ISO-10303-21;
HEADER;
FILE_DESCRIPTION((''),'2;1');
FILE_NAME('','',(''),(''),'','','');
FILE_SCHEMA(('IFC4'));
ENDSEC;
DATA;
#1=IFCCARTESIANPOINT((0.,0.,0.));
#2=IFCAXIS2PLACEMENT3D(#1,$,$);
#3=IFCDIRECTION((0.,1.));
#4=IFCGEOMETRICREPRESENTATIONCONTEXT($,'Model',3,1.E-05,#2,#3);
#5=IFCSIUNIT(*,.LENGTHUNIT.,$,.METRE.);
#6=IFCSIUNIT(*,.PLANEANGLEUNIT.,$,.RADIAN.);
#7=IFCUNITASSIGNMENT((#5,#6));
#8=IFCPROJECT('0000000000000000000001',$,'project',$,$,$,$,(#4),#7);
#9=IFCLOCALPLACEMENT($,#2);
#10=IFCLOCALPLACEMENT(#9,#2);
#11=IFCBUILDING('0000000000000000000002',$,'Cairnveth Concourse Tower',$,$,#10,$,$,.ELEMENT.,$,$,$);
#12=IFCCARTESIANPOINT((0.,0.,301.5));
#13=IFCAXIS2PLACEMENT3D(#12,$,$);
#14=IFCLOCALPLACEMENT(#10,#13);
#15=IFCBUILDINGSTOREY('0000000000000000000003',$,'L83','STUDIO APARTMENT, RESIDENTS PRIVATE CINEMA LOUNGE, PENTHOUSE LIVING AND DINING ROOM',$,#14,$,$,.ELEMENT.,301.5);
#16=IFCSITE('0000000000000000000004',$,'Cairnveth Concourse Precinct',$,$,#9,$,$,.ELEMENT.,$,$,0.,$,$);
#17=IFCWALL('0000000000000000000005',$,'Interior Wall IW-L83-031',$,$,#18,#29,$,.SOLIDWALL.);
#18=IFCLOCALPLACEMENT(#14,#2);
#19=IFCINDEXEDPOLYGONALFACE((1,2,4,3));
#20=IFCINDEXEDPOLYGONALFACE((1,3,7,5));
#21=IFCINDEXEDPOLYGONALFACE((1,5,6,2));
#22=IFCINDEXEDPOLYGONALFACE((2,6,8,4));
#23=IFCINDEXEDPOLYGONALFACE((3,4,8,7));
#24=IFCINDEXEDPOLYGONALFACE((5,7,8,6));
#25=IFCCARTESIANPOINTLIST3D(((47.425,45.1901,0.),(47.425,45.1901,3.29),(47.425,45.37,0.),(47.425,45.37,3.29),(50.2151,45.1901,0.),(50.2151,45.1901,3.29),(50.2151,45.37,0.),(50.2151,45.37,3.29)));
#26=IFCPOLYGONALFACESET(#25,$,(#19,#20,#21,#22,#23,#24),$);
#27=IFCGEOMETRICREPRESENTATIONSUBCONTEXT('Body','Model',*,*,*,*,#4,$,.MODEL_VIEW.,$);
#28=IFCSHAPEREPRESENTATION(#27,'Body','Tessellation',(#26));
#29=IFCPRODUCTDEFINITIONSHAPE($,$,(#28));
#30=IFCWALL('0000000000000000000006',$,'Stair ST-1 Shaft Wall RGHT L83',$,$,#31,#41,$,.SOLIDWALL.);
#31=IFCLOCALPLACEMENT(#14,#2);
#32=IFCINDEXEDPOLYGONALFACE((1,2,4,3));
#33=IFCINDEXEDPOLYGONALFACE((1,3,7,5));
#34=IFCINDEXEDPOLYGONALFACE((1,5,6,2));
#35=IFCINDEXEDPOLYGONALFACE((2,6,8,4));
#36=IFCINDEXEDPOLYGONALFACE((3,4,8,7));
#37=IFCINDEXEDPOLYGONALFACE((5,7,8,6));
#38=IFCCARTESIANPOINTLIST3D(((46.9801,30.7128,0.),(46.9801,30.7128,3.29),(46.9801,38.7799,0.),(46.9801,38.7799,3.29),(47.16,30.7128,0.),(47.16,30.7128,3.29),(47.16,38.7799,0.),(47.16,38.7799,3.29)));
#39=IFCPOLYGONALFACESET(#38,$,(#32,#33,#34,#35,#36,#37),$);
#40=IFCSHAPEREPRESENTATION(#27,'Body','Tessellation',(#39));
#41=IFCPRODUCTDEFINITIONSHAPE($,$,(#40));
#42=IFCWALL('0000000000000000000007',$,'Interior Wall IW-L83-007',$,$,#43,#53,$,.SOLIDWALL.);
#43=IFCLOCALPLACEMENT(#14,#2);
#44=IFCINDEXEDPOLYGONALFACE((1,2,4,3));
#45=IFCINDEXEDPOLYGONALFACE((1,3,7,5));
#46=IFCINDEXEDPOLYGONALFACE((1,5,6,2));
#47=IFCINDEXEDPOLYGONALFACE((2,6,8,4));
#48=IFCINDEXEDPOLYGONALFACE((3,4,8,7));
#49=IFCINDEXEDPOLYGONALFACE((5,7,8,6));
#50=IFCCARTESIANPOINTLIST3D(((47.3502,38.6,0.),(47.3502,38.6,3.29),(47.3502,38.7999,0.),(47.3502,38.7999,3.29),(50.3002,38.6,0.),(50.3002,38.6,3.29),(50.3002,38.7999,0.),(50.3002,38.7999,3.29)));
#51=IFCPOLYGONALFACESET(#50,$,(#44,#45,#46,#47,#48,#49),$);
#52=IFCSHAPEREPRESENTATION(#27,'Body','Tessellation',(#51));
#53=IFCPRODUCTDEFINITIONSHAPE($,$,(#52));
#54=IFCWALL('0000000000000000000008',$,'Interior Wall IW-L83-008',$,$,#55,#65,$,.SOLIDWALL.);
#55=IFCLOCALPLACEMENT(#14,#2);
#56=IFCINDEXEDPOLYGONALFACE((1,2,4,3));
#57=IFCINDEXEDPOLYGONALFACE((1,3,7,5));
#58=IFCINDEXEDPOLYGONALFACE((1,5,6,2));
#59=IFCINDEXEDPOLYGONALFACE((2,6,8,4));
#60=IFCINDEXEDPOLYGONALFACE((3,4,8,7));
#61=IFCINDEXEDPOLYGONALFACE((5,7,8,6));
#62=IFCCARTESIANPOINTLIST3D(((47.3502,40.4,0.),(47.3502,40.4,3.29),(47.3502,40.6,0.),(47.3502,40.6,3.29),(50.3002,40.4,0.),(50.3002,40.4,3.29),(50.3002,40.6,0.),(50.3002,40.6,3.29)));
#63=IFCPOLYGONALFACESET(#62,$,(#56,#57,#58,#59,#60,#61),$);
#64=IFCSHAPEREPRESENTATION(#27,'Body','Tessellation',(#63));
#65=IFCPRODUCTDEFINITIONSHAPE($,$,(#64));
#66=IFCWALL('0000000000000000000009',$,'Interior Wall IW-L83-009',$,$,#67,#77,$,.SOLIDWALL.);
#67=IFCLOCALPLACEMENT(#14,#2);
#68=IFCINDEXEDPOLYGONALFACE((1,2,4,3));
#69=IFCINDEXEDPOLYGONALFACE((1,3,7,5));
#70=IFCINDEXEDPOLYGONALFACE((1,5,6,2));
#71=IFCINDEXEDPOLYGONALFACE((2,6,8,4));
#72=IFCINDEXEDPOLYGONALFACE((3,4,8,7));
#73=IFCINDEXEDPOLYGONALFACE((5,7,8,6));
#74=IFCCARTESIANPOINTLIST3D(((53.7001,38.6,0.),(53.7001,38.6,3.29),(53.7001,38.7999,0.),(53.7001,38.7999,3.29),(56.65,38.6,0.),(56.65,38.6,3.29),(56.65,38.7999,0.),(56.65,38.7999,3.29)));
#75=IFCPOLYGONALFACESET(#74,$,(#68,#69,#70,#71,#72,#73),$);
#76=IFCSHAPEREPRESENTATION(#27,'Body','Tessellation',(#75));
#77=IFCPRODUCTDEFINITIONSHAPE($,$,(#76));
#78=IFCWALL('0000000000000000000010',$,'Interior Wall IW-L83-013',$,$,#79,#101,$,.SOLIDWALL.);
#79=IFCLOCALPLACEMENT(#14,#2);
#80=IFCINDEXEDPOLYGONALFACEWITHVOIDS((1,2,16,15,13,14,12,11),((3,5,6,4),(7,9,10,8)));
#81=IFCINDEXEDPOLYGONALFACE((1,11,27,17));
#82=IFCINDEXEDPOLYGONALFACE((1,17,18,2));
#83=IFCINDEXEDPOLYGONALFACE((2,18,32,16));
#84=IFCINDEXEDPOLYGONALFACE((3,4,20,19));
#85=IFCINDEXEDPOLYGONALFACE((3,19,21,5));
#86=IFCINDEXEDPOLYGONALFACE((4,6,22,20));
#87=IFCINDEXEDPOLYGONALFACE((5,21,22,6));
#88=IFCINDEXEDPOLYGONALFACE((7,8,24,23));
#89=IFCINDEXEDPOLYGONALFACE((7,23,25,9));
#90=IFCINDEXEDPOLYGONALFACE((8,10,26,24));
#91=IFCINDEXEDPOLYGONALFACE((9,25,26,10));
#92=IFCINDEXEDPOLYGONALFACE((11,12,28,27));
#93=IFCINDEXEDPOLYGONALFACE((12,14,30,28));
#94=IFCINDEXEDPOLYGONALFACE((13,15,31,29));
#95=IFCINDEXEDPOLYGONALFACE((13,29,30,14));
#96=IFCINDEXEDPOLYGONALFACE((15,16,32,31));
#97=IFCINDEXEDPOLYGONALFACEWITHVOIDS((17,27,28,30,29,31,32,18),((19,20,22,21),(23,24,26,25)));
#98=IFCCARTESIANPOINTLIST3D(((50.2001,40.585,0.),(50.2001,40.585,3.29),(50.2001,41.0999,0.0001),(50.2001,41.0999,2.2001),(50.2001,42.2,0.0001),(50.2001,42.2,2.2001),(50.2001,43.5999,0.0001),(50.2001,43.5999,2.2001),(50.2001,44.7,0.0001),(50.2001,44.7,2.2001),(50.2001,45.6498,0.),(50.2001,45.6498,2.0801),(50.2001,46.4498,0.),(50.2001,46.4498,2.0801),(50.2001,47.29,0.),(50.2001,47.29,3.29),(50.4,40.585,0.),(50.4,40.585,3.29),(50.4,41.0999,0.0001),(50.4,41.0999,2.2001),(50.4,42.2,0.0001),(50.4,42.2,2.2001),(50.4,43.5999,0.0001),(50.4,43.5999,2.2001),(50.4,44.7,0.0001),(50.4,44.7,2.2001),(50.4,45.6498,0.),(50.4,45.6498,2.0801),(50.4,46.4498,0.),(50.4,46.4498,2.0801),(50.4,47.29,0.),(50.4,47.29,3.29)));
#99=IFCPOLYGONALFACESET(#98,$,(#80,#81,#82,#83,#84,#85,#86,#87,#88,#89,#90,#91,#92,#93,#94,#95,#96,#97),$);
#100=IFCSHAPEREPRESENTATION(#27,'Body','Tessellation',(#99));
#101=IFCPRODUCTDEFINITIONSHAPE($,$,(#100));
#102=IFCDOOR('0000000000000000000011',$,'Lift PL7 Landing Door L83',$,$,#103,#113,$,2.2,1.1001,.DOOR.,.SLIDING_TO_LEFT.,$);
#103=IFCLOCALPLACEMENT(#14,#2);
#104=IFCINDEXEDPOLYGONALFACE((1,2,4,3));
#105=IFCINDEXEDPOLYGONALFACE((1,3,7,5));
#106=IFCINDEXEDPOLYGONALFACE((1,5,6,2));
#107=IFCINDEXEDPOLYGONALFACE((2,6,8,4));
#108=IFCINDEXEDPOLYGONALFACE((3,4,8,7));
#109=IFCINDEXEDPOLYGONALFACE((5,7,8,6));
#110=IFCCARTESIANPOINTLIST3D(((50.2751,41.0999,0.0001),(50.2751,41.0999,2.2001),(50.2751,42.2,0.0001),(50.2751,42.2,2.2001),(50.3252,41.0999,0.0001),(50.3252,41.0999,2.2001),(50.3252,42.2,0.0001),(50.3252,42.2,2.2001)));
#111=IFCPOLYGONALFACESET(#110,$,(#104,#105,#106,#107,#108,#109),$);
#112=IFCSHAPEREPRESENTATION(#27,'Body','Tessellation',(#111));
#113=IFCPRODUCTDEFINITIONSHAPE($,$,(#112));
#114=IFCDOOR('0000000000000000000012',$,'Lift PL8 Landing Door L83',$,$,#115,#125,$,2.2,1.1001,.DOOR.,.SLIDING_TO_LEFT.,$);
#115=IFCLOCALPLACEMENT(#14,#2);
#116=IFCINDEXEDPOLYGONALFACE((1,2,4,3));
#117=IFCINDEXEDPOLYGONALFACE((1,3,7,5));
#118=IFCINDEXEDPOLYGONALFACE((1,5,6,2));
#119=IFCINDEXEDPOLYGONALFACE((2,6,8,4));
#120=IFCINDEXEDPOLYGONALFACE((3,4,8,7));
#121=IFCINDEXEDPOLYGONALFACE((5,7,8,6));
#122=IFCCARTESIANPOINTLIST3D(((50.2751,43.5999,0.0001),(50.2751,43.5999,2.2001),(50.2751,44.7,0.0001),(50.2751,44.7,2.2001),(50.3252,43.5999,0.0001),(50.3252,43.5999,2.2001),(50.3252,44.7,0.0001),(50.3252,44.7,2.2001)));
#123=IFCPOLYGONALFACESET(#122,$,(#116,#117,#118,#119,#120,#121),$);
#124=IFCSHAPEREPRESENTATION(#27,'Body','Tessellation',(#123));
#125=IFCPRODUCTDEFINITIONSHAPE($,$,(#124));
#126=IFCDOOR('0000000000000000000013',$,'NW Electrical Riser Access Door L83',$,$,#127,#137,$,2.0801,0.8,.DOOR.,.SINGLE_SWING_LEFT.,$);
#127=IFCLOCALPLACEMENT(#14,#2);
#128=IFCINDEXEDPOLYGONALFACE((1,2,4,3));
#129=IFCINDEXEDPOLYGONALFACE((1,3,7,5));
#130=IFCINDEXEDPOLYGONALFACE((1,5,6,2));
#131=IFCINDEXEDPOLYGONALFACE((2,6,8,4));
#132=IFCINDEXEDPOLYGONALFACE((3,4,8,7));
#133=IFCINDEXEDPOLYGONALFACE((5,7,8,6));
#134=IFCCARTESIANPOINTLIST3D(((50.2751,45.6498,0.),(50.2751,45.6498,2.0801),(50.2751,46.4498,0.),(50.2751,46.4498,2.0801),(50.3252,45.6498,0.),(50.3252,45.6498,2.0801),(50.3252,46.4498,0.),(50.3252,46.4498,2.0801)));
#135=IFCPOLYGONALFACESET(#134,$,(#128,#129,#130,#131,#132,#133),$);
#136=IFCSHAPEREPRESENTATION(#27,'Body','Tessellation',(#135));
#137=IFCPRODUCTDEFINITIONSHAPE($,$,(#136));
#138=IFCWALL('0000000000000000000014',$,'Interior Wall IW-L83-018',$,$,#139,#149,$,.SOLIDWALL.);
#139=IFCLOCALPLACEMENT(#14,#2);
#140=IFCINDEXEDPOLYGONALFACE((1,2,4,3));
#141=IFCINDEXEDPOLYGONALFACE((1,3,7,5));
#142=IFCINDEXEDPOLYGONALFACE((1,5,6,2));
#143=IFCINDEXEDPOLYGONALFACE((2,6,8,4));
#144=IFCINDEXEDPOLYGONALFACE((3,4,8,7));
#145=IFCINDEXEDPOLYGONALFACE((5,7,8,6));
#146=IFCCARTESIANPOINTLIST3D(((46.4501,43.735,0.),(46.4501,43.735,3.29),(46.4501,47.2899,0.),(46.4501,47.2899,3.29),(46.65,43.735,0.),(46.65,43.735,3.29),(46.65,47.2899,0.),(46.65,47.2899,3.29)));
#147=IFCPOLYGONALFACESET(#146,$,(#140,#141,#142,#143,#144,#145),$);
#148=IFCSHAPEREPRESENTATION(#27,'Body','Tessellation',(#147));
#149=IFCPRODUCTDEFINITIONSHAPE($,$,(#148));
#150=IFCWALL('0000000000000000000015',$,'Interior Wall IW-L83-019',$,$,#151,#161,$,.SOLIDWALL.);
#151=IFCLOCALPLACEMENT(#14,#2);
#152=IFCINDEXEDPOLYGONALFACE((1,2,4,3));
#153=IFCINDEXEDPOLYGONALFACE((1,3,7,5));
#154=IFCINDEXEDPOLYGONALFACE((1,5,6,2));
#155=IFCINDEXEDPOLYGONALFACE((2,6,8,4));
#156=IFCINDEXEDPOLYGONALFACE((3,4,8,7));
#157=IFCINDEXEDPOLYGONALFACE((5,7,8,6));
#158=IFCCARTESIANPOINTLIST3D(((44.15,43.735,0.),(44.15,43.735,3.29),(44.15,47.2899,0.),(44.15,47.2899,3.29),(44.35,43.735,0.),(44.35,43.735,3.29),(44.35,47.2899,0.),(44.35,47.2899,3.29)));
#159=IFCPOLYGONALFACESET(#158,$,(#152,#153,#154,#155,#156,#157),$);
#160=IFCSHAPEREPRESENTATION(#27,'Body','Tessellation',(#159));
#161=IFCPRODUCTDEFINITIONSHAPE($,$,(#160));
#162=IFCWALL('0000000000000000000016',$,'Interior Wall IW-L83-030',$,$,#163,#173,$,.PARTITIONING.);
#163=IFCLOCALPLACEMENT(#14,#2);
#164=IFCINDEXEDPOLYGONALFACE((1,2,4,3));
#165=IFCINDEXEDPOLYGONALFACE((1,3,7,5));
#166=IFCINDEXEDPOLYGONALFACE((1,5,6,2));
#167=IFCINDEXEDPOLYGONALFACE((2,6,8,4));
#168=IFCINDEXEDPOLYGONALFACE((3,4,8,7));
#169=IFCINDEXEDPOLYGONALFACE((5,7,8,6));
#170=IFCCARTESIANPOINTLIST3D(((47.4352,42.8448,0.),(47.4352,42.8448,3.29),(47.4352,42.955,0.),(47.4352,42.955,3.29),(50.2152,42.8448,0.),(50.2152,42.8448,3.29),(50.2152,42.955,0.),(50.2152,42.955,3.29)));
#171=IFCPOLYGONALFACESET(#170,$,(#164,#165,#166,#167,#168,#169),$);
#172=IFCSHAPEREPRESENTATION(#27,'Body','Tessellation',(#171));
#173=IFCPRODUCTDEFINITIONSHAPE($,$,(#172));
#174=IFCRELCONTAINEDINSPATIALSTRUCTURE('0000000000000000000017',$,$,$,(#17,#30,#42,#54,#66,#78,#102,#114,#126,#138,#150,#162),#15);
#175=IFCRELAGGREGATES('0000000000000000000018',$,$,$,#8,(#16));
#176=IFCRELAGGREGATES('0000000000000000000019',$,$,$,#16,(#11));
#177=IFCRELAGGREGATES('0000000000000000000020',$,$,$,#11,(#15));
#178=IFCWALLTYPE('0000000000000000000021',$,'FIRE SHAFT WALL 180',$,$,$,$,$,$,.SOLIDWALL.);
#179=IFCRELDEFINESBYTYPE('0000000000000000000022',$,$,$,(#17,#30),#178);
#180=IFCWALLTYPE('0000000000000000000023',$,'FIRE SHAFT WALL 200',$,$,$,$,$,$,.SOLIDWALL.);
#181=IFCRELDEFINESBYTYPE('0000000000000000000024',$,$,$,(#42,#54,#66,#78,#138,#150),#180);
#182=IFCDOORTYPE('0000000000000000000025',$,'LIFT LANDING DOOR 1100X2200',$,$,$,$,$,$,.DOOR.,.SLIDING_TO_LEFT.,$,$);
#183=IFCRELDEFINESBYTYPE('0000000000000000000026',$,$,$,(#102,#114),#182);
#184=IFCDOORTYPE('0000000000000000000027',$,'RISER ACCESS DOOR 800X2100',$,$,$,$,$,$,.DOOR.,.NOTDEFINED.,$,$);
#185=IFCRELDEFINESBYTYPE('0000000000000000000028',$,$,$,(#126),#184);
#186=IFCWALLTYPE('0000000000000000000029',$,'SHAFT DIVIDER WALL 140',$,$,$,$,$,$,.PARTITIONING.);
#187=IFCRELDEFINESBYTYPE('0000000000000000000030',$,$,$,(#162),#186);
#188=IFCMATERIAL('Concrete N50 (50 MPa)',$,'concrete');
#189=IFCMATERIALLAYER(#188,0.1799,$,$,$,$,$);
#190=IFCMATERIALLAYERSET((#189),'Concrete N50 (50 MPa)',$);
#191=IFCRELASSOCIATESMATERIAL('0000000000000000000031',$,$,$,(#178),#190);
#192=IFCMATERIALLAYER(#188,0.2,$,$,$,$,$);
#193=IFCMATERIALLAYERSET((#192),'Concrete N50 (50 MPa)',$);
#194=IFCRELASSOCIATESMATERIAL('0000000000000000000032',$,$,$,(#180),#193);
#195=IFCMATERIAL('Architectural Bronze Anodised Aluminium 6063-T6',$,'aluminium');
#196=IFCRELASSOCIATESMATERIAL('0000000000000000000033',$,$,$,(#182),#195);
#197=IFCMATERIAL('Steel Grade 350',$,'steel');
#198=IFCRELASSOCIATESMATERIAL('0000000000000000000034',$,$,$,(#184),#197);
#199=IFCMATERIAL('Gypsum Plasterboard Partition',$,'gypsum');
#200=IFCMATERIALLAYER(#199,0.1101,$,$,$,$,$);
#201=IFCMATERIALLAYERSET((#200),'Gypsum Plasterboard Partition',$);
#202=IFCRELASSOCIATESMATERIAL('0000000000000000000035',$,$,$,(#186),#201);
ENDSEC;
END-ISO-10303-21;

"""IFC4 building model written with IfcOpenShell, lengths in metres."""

from ifc_helpers import new_model, si_unit, direction, frame, frame_2d, origin, place, context, subcontext, project, spatial, rectangle, extrude, material, layer, layer_set, type_object, element, fill, save


model = new_model("IFC4")

# Units and contexts
model_context = context("Model", 3, precision=1e-05, world=origin(), true_north=direction((0.0, 1.0)))
body_context = subcontext(model_context, "Body", "Model", "MODEL_VIEW")
ifc_project = project(units=[si_unit("LENGTHUNIT", "METRE"), si_unit("PLANEANGLEUNIT", "RADIAN")], contexts=[model_context])

# Site, building, storey
site_placement = place(None, origin())
site = spatial("IfcSite", under=ifc_project, at=site_placement, Name="Cairnveth Concourse Precinct", CompositionType="ELEMENT", RefElevation=0.0)
building_placement = place(site_placement, origin())
building = spatial("IfcBuilding", under=site, at=building_placement, Name="Cairnveth Concourse Tower", CompositionType="ELEMENT")
storey_placement = place(building_placement, frame((0.0, 0.0, 301.5)))
storey = spatial("IfcBuildingStorey", under=building, at=storey_placement, Name="L83", Description="STUDIO APARTMENT, RESIDENTS PRIVATE CINEMA LOUNGE, PENTHOUSE LIVING AND DINING ROOM", CompositionType="ELEMENT", Elevation=301.5)

# Shared definitions
ifc_material_1 = material(Name="Steel Grade 350", Category="steel")

# Walls
ifc_material_2 = material(Name="Concrete N50 (50 MPa)", Category="concrete")
ifc_layer_1 = layer(ifc_material_2, 0.1799)
ifc_layer_set_1 = layer_set([ifc_layer_1], Name="Concrete N50 (50 MPa)")
wall_type_1 = type_object("IfcWallType", Name="FIRE SHAFT WALL 180", PredefinedType="SOLIDWALL", material=ifc_layer_set_1)
wall_1_placement = place(storey_placement, frame((47.425, 45.28, 0.0), z_axis=(0.0, 0.0, 1.0), x_axis=(1.0, 0.0, 0.0)))
element("IfcWall", 1, at=wall_1_placement, inside=storey, type_object=wall_type_1, Name="Interior Wall IW-L83-031", PredefinedType="SOLIDWALL", context=body_context, shape_type="SweptSolid", body=[
    extrude(rectangle(XDim=2.79, YDim=0.1799, at=frame_2d((1.395, 0.0))), origin(), (0.0, 0.0, 1.0), 3.29),
])
wall_2_placement = place(storey_placement, frame((47.0701, 38.78, 0.0), z_axis=(0.0, 0.0, 1.0), x_axis=(0.0, -1.0, 0.0)))
element("IfcWall", 2, at=wall_2_placement, inside=storey, type_object=wall_type_1, Name="Stair ST-1 Shaft Wall RGHT L83", PredefinedType="SOLIDWALL", context=body_context, shape_type="SweptSolid", body=[
    extrude(rectangle(XDim=8.0671, YDim=0.1799, at=frame_2d((4.0337, 0.0))), origin(), (0.0, 0.0, 1.0), 3.29),
])
ifc_layer_2 = layer(ifc_material_2, 0.2)
ifc_layer_set_2 = layer_set([ifc_layer_2], Name="Concrete N50 (50 MPa)")
wall_type_2 = type_object("IfcWallType", Name="FIRE SHAFT WALL 200", PredefinedType="SOLIDWALL", material=ifc_layer_set_2)
for number, where, z_axis, x_axis, name in (
    (3, (47.3501, 38.7, 0.0), (0.0, 0.0, 1.0), (1.0, 0.0, 0.0), "Interior Wall IW-L83-007"),
    (4, (47.3501, 40.5, 0.0), (0.0, 0.0, 1.0), (1.0, 0.0, 0.0), "Interior Wall IW-L83-008"),
    (5, (53.7, 38.7, 0.0), (0.0, 0.0, 1.0), (1.0, 0.0, 0.0), "Interior Wall IW-L83-009"),
):
    element("IfcWall", number, at=place(storey_placement, frame(where, z_axis=z_axis, x_axis=x_axis)), inside=storey, type_object=wall_type_2, Name=name, PredefinedType="SOLIDWALL", context=body_context, shape_type="SweptSolid", body=[
        extrude(rectangle(XDim=2.95, YDim=0.2, at=frame_2d((1.4751, 0.0))), origin(), (0.0, 0.0, 1.0), 3.29),
    ])

# Wall, openings, doors
wall_3_placement = place(storey_placement, frame((50.3, 40.585, 0.0), z_axis=(0.0, 0.0, 1.0), x_axis=(0.0, 1.0, 0.0)))
wall_3 = element("IfcWall", 6, at=wall_3_placement, inside=storey, type_object=wall_type_2, Name="Interior Wall IW-L83-013", PredefinedType="SOLIDWALL", context=body_context, shape_type="SweptSolid", body=[
    extrude(rectangle(XDim=6.7051, YDim=0.2, at=frame_2d((3.3525, 0.0))), origin(), (0.0, 0.0, 1.0), 3.29),
])
opening_1_placement = place(wall_3_placement, frame((0.5149, 0.0, 0.0)))
opening_1 = element("IfcOpeningElement", 7, at=opening_1_placement, cuts=wall_3, PredefinedType="OPENING", context=body_context, shape_type="SweptSolid", body=[
    extrude(rectangle(XDim=1.1001, YDim=2.2, at=frame_2d((0.55, 1.1001))), frame((0.0, 0.1099, 0.0), z_axis=(0.0, -1.0, 0.0), x_axis=(1.0, 0.0, 0.0)), (0.0, 0.0, 1.0), 0.22),
])
opening_2_placement = place(wall_3_placement, frame((3.0149, 0.0, 0.0)))
opening_2 = element("IfcOpeningElement", 8, at=opening_2_placement, cuts=wall_3, PredefinedType="OPENING", context=body_context, shape_type="SweptSolid", body=[
    extrude(rectangle(XDim=1.1001, YDim=2.2, at=frame_2d((0.55, 1.1001))), frame((0.0, 0.1099, 0.0), z_axis=(0.0, -1.0, 0.0), x_axis=(1.0, 0.0, 0.0)), (0.0, 0.0, 1.0), 0.22),
])
opening_3_placement = place(wall_3_placement, frame((5.0649, 0.0, 0.0)))
opening_3 = element("IfcOpeningElement", 9, at=opening_3_placement, cuts=wall_3, PredefinedType="OPENING", context=body_context, shape_type="SweptSolid", body=[
    extrude(rectangle(XDim=0.8, YDim=2.0801, at=frame_2d((0.3999, 1.04))), frame((0.0, 0.1099, 0.0), z_axis=(0.0, -1.0, 0.0), x_axis=(1.0, 0.0, 0.0)), (0.0, 0.0, 1.0), 0.22),
])
ifc_material_3 = material(Name="Architectural Bronze Anodised Aluminium 6063-T6", Category="aluminium")
door_type_1 = type_object("IfcDoorType", Name="LIFT LANDING DOOR 1100X2200", OperationType="SLIDING_TO_LEFT", PredefinedType="DOOR", material=ifc_material_3)
door_1_placement = place(opening_1_placement, origin())
door_1 = element("IfcDoor", 10, at=door_1_placement, inside=storey, type_object=door_type_1, Name="Lift PL7 Landing Door L83", OperationType="SLIDING_TO_LEFT", OverallHeight=2.2, OverallWidth=1.1001, PredefinedType="DOOR", context=body_context, shape_type="SweptSolid", body=[
    extrude(rectangle(XDim=1.1001, YDim=2.2, at=frame_2d((0.55, 1.1001))), frame((0.0, 0.0249, 0.0), z_axis=(0.0, -1.0, 0.0), x_axis=(1.0, 0.0, 0.0)), (0.0, 0.0, 1.0), 0.05),
])
fill(opening_1, door_1)
door_2_placement = place(opening_2_placement, origin())
door_2 = element("IfcDoor", 11, at=door_2_placement, inside=storey, type_object=door_type_1, Name="Lift PL8 Landing Door L83", OperationType="SLIDING_TO_LEFT", OverallHeight=2.2, OverallWidth=1.1001, PredefinedType="DOOR", context=body_context, shape_type="SweptSolid", body=[
    extrude(rectangle(XDim=1.1001, YDim=2.2, at=frame_2d((0.55, 1.1001))), frame((0.0, 0.0249, 0.0), z_axis=(0.0, -1.0, 0.0), x_axis=(1.0, 0.0, 0.0)), (0.0, 0.0, 1.0), 0.05),
])
fill(opening_2, door_2)
door_type_2 = type_object("IfcDoorType", Name="RISER ACCESS DOOR 800X2100", OperationType="NOTDEFINED", PredefinedType="DOOR", material=ifc_material_1)
door_3_placement = place(opening_3_placement, origin())
door_3 = element("IfcDoor", 12, at=door_3_placement, inside=storey, type_object=door_type_2, Name="NW Electrical Riser Access Door L83", OperationType="SINGLE_SWING_LEFT", OverallHeight=2.0801, OverallWidth=0.8, PredefinedType="DOOR", context=body_context, shape_type="SweptSolid", body=[
    extrude(rectangle(XDim=0.8, YDim=2.0801, at=frame_2d((0.3999, 1.04))), frame((0.0, 0.0249, 0.0), z_axis=(0.0, -1.0, 0.0), x_axis=(1.0, 0.0, 0.0)), (0.0, 0.0, 1.0), 0.05),
])
fill(opening_3, door_3)

# Walls
for number, where, z_axis, x_axis, name in (
    (13, (46.55, 43.7351, 0.0), (0.0, 0.0, 1.0), (0.0, 1.0, 0.0), "Interior Wall IW-L83-018"),
    (14, (44.25, 43.7351, 0.0), (0.0, 0.0, 1.0), (0.0, 1.0, 0.0), "Interior Wall IW-L83-019"),
):
    element("IfcWall", number, at=place(storey_placement, frame(where, z_axis=z_axis, x_axis=x_axis)), inside=storey, type_object=wall_type_2, Name=name, PredefinedType="SOLIDWALL", context=body_context, shape_type="SweptSolid", body=[
        extrude(rectangle(XDim=3.5549, YDim=0.2, at=frame_2d((1.7773, 0.0))), origin(), (0.0, 0.0, 1.0), 3.29),
    ])
ifc_material_4 = material(Name="Gypsum Plasterboard Partition", Category="gypsum")
ifc_layer_3 = layer(ifc_material_4, 0.1101)
ifc_layer_set_3 = layer_set([ifc_layer_3], Name="Gypsum Plasterboard Partition")
wall_type_3 = type_object("IfcWallType", Name="SHAFT DIVIDER WALL 140", PredefinedType="PARTITIONING", material=ifc_layer_set_3)
wall_4_placement = place(storey_placement, frame((47.4351, 42.8999, 0.0), z_axis=(0.0, 0.0, 1.0), x_axis=(1.0, 0.0, 0.0)))
element("IfcWall", 15, at=wall_4_placement, inside=storey, type_object=wall_type_3, Name="Interior Wall IW-L83-030", PredefinedType="PARTITIONING", context=body_context, shape_type="SweptSolid", body=[
    extrude(rectangle(XDim=2.78, YDim=0.1101, at=frame_2d((1.3901, 0.0))), origin(), (0.0, 0.0, 1.0), 3.29),
])

save(model, "model.ifc")
